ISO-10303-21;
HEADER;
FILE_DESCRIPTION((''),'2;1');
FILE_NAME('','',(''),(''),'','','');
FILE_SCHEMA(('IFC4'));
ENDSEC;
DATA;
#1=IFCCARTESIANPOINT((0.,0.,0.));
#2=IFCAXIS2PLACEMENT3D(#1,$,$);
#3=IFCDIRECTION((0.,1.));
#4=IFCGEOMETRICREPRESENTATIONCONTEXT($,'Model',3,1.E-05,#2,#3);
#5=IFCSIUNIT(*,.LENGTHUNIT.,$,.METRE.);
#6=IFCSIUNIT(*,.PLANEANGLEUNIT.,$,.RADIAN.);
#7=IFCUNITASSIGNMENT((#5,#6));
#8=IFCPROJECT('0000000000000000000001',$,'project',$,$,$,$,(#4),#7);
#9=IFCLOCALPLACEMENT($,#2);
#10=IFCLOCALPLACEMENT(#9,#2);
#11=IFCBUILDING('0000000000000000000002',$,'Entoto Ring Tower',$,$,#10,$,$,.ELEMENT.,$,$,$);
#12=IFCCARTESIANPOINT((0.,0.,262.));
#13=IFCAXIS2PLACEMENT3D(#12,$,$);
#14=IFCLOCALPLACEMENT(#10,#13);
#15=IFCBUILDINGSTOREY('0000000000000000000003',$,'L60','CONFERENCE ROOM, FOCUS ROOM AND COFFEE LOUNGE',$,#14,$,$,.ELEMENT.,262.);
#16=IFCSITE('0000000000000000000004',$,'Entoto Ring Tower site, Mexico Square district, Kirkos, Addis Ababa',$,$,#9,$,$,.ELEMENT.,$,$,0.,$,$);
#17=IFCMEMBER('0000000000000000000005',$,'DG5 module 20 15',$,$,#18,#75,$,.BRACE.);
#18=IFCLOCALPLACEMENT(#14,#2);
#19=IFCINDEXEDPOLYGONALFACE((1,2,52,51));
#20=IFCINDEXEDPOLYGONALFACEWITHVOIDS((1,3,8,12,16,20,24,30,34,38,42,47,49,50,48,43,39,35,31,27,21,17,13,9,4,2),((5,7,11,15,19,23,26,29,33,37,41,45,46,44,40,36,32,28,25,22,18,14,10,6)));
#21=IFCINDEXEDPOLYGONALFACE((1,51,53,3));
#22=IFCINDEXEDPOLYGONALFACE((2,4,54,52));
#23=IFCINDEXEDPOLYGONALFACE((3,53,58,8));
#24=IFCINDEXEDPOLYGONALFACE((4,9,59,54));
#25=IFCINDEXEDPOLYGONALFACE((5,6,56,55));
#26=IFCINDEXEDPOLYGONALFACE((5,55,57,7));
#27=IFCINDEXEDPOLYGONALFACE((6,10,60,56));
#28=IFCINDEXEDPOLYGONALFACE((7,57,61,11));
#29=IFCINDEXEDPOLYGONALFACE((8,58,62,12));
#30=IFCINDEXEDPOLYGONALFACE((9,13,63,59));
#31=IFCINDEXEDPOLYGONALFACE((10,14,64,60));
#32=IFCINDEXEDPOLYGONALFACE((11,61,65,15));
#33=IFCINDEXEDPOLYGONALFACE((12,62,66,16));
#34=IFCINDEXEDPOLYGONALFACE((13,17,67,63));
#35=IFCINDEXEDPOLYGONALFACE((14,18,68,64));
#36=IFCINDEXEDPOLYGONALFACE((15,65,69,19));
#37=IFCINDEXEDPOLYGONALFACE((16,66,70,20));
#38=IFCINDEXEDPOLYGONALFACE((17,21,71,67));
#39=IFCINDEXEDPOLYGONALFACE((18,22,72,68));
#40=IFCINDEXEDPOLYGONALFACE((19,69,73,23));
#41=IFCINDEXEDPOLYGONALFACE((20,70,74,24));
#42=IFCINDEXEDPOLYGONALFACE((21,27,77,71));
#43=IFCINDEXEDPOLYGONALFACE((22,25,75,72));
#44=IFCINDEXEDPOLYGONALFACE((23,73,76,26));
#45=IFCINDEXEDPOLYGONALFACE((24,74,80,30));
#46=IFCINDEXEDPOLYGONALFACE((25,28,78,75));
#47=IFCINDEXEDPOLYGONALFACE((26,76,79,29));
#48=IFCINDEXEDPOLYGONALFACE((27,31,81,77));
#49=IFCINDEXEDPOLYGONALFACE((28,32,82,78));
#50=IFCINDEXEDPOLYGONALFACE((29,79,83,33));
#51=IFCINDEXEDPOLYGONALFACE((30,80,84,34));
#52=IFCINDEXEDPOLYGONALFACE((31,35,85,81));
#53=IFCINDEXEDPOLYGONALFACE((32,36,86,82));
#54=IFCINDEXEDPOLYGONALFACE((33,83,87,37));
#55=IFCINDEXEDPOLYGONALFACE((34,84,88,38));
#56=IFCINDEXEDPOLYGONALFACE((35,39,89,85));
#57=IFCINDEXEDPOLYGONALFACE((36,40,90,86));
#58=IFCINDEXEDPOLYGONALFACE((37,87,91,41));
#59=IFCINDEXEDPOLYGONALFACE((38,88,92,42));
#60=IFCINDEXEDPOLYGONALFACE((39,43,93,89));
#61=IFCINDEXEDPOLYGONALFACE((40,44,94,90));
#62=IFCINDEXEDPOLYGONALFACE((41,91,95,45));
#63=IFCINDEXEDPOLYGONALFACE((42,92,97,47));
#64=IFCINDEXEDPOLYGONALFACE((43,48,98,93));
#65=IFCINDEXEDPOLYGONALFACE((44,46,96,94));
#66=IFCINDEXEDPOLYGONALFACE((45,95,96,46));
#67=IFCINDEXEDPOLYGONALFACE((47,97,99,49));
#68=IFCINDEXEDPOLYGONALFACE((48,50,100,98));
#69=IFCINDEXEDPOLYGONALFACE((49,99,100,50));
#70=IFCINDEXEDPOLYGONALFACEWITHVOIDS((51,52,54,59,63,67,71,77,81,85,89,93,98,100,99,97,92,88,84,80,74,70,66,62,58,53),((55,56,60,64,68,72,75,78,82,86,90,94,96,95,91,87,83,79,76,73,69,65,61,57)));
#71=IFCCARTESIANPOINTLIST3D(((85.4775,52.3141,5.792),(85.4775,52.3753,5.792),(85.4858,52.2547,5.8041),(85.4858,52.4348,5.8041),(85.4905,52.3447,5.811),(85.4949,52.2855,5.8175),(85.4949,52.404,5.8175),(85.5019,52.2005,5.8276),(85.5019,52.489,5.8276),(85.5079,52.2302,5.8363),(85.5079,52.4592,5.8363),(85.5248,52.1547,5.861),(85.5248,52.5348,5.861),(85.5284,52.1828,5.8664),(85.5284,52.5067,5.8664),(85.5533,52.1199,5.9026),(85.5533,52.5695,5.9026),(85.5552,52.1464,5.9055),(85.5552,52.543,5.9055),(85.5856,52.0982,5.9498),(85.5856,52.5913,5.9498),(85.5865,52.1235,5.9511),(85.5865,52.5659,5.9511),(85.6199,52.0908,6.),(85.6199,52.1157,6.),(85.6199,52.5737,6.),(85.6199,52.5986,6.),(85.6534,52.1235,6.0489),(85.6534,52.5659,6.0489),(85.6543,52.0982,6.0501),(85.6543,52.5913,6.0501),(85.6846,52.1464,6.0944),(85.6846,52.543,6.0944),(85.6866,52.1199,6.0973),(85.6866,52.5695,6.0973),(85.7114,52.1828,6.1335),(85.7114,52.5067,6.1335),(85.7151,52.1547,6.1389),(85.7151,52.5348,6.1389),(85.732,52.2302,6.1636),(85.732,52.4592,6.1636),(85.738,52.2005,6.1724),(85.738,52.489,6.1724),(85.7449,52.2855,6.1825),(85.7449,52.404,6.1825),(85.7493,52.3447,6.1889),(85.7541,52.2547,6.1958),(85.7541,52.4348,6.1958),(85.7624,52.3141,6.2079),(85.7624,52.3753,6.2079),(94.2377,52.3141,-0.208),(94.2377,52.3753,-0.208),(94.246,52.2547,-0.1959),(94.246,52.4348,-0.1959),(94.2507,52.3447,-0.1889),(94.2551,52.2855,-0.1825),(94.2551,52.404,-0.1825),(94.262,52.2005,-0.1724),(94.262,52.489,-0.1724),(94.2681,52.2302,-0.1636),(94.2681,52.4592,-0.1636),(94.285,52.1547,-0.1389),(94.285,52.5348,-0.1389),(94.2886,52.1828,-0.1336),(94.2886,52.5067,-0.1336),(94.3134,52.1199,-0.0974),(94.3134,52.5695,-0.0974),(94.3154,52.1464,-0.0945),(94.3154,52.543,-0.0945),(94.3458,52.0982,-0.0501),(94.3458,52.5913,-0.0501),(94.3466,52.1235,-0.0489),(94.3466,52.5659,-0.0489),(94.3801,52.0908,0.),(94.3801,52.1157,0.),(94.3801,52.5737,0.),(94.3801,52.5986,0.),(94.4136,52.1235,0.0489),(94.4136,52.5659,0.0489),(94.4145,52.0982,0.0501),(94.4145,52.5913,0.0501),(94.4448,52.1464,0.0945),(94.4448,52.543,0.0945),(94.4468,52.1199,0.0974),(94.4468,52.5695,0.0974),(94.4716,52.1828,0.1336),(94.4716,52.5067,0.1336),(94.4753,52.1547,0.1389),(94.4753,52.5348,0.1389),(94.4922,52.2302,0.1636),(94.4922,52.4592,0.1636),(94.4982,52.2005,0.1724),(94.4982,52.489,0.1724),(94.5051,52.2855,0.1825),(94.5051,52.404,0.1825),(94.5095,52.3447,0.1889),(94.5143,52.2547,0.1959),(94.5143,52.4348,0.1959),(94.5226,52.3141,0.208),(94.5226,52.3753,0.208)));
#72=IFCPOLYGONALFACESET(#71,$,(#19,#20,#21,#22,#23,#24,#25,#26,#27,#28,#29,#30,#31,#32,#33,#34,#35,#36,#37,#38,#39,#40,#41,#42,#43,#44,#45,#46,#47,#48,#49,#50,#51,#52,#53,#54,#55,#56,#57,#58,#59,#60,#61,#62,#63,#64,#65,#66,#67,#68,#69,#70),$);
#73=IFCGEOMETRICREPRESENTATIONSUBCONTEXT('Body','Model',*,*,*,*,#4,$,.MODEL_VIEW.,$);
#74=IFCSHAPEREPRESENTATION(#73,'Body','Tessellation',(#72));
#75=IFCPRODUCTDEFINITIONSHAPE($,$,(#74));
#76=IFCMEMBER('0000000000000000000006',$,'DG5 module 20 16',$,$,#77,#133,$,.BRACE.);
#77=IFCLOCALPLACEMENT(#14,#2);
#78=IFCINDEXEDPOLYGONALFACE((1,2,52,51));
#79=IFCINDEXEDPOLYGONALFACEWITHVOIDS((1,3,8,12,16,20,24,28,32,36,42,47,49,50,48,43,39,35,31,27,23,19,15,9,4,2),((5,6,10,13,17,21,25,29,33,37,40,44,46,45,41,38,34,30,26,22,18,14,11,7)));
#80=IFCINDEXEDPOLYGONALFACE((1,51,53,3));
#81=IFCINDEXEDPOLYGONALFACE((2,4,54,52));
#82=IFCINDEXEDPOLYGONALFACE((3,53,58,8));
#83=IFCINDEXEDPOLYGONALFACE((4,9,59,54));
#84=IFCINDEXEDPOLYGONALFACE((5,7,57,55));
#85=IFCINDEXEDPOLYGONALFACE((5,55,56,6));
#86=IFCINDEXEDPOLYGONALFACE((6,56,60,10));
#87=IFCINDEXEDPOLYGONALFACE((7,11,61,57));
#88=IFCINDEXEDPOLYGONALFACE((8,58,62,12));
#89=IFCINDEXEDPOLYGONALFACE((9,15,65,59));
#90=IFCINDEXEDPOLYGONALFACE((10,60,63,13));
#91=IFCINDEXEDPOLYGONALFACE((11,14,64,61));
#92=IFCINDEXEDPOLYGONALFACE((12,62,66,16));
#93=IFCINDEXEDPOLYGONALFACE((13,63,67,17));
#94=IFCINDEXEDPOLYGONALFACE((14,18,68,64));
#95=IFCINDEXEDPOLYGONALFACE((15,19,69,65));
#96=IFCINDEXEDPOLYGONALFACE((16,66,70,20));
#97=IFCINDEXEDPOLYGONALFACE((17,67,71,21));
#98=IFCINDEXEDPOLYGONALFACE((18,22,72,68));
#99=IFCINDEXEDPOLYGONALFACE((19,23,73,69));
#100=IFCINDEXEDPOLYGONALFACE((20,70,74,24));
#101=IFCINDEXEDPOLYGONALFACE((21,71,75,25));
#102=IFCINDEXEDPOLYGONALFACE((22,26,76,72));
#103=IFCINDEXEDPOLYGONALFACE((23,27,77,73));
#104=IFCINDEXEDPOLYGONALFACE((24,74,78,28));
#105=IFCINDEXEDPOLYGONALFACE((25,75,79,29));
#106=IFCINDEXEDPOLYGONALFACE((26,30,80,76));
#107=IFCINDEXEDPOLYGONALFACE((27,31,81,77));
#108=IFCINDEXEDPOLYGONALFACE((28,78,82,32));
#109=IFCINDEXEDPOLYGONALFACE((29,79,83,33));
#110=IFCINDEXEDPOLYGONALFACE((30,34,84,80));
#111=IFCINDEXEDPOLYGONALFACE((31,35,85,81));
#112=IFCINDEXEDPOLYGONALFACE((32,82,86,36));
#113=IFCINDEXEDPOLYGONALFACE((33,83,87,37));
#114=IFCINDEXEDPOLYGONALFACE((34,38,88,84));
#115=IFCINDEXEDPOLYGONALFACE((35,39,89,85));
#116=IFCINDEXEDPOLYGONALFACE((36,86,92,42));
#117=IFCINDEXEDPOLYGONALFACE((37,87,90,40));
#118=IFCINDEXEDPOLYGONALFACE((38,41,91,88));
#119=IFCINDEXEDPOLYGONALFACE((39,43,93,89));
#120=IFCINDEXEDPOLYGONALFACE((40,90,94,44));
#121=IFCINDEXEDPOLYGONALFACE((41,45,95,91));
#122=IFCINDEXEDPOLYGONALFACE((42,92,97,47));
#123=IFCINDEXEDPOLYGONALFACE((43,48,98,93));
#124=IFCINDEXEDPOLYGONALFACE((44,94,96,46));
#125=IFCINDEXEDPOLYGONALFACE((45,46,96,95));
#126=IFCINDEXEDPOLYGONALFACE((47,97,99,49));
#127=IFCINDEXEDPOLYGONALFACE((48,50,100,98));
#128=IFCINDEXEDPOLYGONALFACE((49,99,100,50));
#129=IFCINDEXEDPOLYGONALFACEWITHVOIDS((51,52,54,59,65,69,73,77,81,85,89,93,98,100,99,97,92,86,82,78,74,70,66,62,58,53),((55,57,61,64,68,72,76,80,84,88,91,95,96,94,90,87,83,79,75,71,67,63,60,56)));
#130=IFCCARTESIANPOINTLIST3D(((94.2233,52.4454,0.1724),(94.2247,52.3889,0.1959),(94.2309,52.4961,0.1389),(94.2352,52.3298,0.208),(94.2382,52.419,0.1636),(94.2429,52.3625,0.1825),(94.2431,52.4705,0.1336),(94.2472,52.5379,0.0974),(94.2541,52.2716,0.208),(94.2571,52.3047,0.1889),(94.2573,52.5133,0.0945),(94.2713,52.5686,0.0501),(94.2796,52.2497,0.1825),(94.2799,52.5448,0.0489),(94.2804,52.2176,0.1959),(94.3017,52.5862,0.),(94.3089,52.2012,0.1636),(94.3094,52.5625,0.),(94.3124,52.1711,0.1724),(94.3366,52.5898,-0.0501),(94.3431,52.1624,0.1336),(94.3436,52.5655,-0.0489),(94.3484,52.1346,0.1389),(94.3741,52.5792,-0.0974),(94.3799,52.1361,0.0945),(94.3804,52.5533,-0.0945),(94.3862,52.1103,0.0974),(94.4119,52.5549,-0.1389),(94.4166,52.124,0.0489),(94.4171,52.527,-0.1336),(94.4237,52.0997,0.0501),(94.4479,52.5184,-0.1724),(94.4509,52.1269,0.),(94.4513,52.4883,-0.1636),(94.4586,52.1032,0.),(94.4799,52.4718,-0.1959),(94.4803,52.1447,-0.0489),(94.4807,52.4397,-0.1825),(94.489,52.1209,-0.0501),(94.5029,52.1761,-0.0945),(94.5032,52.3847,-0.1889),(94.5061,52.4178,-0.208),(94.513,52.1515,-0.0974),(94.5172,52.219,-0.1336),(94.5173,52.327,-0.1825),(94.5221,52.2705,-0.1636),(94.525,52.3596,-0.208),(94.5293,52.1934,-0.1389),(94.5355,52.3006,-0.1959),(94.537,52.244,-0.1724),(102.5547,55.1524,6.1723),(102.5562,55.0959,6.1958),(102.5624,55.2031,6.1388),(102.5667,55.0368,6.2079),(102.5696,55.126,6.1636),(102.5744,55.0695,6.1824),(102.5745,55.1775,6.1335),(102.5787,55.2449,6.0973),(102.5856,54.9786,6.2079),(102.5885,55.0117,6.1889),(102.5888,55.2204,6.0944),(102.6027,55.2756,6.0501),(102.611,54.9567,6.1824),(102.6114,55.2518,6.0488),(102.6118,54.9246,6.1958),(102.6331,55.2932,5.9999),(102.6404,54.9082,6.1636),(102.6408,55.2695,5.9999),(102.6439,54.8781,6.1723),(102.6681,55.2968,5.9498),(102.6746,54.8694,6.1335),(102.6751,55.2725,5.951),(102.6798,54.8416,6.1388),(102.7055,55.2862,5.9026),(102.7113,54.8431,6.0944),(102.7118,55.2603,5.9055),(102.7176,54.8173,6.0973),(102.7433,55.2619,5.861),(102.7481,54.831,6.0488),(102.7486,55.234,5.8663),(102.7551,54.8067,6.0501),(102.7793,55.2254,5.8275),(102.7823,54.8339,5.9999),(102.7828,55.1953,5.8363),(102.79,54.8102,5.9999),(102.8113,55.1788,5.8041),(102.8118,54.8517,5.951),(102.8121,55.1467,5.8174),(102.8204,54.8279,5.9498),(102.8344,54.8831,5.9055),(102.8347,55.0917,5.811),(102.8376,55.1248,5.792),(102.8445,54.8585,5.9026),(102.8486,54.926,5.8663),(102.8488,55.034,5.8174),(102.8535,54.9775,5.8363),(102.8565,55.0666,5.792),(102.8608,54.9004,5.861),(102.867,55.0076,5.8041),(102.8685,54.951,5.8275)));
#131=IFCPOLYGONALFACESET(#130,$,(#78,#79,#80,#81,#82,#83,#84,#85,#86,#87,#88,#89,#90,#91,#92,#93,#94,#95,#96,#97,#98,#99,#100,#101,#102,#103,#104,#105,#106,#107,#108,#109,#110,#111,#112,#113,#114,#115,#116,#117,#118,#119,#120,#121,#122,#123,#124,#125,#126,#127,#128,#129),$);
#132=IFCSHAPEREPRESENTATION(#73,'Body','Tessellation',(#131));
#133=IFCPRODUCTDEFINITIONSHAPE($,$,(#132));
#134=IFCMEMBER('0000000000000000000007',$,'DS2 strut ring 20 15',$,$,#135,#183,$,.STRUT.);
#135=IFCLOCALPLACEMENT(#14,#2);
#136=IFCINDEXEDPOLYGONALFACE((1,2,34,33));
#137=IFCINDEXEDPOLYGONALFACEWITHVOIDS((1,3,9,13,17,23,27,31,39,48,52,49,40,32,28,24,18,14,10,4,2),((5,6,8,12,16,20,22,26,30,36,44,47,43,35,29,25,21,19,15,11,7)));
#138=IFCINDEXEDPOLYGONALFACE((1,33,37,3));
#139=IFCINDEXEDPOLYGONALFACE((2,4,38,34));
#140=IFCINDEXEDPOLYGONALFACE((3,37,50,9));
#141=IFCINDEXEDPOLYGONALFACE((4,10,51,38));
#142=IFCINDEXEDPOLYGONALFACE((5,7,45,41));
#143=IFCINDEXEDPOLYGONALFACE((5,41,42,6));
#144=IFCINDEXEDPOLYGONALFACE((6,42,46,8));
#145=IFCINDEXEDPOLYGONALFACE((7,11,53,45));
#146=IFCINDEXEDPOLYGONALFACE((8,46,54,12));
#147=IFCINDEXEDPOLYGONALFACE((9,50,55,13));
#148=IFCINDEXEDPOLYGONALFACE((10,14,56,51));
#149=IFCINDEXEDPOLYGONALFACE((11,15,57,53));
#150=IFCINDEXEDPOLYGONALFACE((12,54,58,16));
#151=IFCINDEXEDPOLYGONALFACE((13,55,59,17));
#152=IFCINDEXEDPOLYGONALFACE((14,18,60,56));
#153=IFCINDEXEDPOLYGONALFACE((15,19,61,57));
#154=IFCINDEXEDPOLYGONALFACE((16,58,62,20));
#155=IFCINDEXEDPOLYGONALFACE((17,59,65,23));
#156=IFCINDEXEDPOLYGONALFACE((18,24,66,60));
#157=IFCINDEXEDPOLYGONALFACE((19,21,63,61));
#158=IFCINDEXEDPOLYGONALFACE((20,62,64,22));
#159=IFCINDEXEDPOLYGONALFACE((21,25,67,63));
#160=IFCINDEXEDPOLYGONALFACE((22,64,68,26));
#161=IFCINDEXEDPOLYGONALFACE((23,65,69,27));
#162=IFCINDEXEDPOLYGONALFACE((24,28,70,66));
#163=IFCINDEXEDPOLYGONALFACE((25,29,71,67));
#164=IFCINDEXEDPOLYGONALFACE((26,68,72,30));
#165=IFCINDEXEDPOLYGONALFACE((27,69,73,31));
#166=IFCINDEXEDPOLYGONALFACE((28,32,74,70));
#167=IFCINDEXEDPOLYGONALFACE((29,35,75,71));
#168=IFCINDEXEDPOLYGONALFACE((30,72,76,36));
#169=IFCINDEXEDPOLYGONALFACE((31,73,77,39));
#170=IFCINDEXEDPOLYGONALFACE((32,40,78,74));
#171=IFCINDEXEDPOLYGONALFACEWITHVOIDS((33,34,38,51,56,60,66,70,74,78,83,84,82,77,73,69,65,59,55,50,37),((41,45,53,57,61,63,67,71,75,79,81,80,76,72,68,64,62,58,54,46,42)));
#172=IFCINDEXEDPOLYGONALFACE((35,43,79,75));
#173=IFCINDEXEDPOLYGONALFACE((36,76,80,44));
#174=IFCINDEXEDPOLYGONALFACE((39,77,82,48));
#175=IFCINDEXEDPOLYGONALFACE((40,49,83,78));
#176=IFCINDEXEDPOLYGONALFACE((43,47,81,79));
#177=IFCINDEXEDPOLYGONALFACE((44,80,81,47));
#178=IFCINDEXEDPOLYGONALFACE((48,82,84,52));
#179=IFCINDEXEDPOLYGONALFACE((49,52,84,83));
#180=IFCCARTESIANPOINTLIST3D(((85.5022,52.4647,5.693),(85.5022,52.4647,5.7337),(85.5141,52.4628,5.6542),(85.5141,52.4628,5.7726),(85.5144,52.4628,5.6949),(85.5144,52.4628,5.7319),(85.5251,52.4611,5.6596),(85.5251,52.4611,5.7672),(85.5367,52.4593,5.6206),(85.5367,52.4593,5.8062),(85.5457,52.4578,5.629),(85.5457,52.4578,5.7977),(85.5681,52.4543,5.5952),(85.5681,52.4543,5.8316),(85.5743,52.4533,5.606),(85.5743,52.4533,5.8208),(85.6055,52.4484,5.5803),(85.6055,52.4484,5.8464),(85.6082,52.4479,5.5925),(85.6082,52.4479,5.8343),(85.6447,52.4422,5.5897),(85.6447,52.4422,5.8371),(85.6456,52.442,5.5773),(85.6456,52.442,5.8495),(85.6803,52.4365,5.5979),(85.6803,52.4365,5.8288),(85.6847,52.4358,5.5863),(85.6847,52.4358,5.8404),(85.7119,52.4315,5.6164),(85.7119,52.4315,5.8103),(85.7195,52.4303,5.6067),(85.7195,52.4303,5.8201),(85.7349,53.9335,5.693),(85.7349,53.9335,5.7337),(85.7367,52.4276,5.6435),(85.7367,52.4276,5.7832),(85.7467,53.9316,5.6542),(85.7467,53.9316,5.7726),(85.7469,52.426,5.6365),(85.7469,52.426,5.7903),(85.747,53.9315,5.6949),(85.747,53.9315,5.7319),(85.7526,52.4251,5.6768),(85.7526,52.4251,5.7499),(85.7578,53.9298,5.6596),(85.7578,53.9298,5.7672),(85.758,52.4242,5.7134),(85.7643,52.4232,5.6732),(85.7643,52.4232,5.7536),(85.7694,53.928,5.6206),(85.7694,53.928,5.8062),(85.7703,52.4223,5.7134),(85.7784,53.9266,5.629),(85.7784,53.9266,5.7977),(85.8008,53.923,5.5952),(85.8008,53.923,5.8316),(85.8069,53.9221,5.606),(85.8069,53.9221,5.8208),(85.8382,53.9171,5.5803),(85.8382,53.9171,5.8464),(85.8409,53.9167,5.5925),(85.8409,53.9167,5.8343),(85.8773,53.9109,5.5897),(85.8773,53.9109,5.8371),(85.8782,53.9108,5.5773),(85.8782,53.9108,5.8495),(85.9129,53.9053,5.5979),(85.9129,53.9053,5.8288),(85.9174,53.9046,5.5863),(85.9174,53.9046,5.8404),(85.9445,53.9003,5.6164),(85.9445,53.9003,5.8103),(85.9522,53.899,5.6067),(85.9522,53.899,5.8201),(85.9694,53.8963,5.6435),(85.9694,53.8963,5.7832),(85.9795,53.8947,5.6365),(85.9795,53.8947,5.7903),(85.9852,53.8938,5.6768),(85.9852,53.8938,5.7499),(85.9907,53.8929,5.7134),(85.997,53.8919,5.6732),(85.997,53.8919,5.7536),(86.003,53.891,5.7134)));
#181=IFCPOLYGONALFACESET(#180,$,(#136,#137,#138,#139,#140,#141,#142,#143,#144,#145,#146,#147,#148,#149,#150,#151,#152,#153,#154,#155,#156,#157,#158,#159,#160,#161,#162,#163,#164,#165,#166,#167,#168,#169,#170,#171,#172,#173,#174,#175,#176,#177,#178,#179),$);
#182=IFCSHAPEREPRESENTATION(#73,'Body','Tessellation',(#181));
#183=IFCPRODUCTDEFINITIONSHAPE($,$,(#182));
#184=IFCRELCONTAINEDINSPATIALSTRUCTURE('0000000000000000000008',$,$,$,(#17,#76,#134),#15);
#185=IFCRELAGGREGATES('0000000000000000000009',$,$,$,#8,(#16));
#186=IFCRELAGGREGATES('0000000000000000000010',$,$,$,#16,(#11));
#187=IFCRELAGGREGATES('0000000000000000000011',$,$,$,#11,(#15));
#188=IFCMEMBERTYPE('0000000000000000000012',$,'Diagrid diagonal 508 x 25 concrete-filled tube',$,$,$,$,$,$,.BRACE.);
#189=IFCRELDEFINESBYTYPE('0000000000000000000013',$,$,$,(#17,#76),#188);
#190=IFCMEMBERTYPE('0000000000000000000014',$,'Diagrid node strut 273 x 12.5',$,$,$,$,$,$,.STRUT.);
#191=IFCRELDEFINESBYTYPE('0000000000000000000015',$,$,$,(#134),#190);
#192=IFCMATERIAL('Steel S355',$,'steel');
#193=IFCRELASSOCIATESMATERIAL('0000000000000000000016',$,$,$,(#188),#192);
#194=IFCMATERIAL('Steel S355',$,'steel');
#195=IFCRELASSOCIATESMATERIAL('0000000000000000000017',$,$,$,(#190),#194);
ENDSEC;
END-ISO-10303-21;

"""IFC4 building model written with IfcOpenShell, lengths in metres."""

from ifc_helpers import new_model, si_unit, direction, frame, origin, origin_2d, place, context, subcontext, project, spatial, circle, hollow_circle, extrude, material, material_profile, profile_set, type_object, element, save


model = new_model("IFC4")

# Units and contexts
model_context = context("Model", 3, precision=1e-05, world=origin(), true_north=direction((0.0, 1.0)))
body_context = subcontext(model_context, "Body", "Model", "MODEL_VIEW")
ifc_project = project(units=[si_unit("LENGTHUNIT", "METRE"), si_unit("PLANEANGLEUNIT", "RADIAN")], contexts=[model_context])

# Site, building, storey
site_placement = place(None, origin())
site = spatial("IfcSite", under=ifc_project, at=site_placement, Name="Entoto Ring Tower site, Mexico Square district, Kirkos, Addis Ababa", CompositionType="ELEMENT", RefElevation=0.0)
building_placement = place(site_placement, origin())
building = spatial("IfcBuilding", under=site, at=building_placement, Name="Entoto Ring Tower", CompositionType="ELEMENT")
storey_placement = place(building_placement, frame((0.0, 0.0, 262.0)))
storey = spatial("IfcBuildingStorey", under=building, at=storey_placement, Name="L60", Description="CONFERENCE ROOM, FOCUS ROOM AND COFFEE LOUNGE", CompositionType="ELEMENT", Elevation=262.0)

# Members
ifc_material_1 = material(Name="Steel S355", Category="steel")
ifc_material_profile_1 = material_profile(ifc_material_1, hollow_circle(Radius=0.2539, WallThickness=0.0249, at=origin_2d()), Name="CHS 508 x 25")
ifc_material_2 = material(Name="Concrete C60/75", Category="concrete")
ifc_material_profile_2 = material_profile(ifc_material_2, circle(Radius=0.229, at=origin_2d()), Name="Concrete C60/75 infill")
ifc_profile_set_1 = profile_set([ifc_material_profile_1, ifc_material_profile_2], Name="Steel S355")
member_type_1 = type_object("IfcMemberType", Name="Diagrid diagonal 508 x 25 concrete-filled tube", PredefinedType="BRACE", material=ifc_profile_set_1)
for number, where, z_axis, x_axis, name in (
    (1, (94.3801, 52.3447, 0.0), (-0.825038, 0.0, 0.565078), (0.0, -1.0, 0.0), "DG5 module 20 15"),
    (2, (94.3801, 52.3447, 0.0), (0.78466, 0.254947, 0.565076), (-0.309012, 0.951058, 0.0), "DG5 module 20 16"),
):
    element("IfcMember", number, at=place(storey_placement, frame(where, z_axis=z_axis, x_axis=x_axis)), inside=storey, type_object=member_type_1, Name=name, PredefinedType="BRACE", context=body_context, shape_type="SweptSolid", body=[
        extrude(hollow_circle(Radius=0.2539, WallThickness=0.0249, at=origin_2d()), origin(), (0.0, 0.0, 1.0), 10.6179),
    ])
ifc_material_3 = material(Name="Steel S355", Category="steel")
ifc_material_profile_3 = material_profile(ifc_material_3, hollow_circle(Radius=0.1365, WallThickness=0.0125, at=origin_2d()), Name="CHS 273 x 12.5")
ifc_material_4 = material(Name="Concrete C60/75", Category="concrete")
ifc_material_profile_4 = material_profile(ifc_material_4, circle(Radius=0.124, at=origin_2d()), Name="Concrete C60/75 infill")
ifc_profile_set_2 = profile_set([ifc_material_profile_3, ifc_material_profile_4], Name="Steel S355")
member_type_2 = type_object("IfcMemberType", Name="Diagrid node strut 273 x 12.5", PredefinedType="STRUT", material=ifc_profile_set_2)
for number, where, z_axis, x_axis, name in (
    (3, (85.8682, 53.9124, 5.7134), (-0.15646, -0.987684, 0.0), (0.987684, -0.15646, 0.0), "DS2 strut ring 20 15"),
):
    element("IfcMember", number, at=place(storey_placement, frame(where, z_axis=z_axis, x_axis=x_axis)), inside=storey, type_object=member_type_2, Name=name, PredefinedType="STRUT", context=body_context, shape_type="SweptSolid", body=[
        extrude(hollow_circle(Radius=0.1365, WallThickness=0.0125, at=origin_2d()), origin(), (0.0, 0.0, 1.0), 1.4871),
    ])

save(model, "model.ifc")
